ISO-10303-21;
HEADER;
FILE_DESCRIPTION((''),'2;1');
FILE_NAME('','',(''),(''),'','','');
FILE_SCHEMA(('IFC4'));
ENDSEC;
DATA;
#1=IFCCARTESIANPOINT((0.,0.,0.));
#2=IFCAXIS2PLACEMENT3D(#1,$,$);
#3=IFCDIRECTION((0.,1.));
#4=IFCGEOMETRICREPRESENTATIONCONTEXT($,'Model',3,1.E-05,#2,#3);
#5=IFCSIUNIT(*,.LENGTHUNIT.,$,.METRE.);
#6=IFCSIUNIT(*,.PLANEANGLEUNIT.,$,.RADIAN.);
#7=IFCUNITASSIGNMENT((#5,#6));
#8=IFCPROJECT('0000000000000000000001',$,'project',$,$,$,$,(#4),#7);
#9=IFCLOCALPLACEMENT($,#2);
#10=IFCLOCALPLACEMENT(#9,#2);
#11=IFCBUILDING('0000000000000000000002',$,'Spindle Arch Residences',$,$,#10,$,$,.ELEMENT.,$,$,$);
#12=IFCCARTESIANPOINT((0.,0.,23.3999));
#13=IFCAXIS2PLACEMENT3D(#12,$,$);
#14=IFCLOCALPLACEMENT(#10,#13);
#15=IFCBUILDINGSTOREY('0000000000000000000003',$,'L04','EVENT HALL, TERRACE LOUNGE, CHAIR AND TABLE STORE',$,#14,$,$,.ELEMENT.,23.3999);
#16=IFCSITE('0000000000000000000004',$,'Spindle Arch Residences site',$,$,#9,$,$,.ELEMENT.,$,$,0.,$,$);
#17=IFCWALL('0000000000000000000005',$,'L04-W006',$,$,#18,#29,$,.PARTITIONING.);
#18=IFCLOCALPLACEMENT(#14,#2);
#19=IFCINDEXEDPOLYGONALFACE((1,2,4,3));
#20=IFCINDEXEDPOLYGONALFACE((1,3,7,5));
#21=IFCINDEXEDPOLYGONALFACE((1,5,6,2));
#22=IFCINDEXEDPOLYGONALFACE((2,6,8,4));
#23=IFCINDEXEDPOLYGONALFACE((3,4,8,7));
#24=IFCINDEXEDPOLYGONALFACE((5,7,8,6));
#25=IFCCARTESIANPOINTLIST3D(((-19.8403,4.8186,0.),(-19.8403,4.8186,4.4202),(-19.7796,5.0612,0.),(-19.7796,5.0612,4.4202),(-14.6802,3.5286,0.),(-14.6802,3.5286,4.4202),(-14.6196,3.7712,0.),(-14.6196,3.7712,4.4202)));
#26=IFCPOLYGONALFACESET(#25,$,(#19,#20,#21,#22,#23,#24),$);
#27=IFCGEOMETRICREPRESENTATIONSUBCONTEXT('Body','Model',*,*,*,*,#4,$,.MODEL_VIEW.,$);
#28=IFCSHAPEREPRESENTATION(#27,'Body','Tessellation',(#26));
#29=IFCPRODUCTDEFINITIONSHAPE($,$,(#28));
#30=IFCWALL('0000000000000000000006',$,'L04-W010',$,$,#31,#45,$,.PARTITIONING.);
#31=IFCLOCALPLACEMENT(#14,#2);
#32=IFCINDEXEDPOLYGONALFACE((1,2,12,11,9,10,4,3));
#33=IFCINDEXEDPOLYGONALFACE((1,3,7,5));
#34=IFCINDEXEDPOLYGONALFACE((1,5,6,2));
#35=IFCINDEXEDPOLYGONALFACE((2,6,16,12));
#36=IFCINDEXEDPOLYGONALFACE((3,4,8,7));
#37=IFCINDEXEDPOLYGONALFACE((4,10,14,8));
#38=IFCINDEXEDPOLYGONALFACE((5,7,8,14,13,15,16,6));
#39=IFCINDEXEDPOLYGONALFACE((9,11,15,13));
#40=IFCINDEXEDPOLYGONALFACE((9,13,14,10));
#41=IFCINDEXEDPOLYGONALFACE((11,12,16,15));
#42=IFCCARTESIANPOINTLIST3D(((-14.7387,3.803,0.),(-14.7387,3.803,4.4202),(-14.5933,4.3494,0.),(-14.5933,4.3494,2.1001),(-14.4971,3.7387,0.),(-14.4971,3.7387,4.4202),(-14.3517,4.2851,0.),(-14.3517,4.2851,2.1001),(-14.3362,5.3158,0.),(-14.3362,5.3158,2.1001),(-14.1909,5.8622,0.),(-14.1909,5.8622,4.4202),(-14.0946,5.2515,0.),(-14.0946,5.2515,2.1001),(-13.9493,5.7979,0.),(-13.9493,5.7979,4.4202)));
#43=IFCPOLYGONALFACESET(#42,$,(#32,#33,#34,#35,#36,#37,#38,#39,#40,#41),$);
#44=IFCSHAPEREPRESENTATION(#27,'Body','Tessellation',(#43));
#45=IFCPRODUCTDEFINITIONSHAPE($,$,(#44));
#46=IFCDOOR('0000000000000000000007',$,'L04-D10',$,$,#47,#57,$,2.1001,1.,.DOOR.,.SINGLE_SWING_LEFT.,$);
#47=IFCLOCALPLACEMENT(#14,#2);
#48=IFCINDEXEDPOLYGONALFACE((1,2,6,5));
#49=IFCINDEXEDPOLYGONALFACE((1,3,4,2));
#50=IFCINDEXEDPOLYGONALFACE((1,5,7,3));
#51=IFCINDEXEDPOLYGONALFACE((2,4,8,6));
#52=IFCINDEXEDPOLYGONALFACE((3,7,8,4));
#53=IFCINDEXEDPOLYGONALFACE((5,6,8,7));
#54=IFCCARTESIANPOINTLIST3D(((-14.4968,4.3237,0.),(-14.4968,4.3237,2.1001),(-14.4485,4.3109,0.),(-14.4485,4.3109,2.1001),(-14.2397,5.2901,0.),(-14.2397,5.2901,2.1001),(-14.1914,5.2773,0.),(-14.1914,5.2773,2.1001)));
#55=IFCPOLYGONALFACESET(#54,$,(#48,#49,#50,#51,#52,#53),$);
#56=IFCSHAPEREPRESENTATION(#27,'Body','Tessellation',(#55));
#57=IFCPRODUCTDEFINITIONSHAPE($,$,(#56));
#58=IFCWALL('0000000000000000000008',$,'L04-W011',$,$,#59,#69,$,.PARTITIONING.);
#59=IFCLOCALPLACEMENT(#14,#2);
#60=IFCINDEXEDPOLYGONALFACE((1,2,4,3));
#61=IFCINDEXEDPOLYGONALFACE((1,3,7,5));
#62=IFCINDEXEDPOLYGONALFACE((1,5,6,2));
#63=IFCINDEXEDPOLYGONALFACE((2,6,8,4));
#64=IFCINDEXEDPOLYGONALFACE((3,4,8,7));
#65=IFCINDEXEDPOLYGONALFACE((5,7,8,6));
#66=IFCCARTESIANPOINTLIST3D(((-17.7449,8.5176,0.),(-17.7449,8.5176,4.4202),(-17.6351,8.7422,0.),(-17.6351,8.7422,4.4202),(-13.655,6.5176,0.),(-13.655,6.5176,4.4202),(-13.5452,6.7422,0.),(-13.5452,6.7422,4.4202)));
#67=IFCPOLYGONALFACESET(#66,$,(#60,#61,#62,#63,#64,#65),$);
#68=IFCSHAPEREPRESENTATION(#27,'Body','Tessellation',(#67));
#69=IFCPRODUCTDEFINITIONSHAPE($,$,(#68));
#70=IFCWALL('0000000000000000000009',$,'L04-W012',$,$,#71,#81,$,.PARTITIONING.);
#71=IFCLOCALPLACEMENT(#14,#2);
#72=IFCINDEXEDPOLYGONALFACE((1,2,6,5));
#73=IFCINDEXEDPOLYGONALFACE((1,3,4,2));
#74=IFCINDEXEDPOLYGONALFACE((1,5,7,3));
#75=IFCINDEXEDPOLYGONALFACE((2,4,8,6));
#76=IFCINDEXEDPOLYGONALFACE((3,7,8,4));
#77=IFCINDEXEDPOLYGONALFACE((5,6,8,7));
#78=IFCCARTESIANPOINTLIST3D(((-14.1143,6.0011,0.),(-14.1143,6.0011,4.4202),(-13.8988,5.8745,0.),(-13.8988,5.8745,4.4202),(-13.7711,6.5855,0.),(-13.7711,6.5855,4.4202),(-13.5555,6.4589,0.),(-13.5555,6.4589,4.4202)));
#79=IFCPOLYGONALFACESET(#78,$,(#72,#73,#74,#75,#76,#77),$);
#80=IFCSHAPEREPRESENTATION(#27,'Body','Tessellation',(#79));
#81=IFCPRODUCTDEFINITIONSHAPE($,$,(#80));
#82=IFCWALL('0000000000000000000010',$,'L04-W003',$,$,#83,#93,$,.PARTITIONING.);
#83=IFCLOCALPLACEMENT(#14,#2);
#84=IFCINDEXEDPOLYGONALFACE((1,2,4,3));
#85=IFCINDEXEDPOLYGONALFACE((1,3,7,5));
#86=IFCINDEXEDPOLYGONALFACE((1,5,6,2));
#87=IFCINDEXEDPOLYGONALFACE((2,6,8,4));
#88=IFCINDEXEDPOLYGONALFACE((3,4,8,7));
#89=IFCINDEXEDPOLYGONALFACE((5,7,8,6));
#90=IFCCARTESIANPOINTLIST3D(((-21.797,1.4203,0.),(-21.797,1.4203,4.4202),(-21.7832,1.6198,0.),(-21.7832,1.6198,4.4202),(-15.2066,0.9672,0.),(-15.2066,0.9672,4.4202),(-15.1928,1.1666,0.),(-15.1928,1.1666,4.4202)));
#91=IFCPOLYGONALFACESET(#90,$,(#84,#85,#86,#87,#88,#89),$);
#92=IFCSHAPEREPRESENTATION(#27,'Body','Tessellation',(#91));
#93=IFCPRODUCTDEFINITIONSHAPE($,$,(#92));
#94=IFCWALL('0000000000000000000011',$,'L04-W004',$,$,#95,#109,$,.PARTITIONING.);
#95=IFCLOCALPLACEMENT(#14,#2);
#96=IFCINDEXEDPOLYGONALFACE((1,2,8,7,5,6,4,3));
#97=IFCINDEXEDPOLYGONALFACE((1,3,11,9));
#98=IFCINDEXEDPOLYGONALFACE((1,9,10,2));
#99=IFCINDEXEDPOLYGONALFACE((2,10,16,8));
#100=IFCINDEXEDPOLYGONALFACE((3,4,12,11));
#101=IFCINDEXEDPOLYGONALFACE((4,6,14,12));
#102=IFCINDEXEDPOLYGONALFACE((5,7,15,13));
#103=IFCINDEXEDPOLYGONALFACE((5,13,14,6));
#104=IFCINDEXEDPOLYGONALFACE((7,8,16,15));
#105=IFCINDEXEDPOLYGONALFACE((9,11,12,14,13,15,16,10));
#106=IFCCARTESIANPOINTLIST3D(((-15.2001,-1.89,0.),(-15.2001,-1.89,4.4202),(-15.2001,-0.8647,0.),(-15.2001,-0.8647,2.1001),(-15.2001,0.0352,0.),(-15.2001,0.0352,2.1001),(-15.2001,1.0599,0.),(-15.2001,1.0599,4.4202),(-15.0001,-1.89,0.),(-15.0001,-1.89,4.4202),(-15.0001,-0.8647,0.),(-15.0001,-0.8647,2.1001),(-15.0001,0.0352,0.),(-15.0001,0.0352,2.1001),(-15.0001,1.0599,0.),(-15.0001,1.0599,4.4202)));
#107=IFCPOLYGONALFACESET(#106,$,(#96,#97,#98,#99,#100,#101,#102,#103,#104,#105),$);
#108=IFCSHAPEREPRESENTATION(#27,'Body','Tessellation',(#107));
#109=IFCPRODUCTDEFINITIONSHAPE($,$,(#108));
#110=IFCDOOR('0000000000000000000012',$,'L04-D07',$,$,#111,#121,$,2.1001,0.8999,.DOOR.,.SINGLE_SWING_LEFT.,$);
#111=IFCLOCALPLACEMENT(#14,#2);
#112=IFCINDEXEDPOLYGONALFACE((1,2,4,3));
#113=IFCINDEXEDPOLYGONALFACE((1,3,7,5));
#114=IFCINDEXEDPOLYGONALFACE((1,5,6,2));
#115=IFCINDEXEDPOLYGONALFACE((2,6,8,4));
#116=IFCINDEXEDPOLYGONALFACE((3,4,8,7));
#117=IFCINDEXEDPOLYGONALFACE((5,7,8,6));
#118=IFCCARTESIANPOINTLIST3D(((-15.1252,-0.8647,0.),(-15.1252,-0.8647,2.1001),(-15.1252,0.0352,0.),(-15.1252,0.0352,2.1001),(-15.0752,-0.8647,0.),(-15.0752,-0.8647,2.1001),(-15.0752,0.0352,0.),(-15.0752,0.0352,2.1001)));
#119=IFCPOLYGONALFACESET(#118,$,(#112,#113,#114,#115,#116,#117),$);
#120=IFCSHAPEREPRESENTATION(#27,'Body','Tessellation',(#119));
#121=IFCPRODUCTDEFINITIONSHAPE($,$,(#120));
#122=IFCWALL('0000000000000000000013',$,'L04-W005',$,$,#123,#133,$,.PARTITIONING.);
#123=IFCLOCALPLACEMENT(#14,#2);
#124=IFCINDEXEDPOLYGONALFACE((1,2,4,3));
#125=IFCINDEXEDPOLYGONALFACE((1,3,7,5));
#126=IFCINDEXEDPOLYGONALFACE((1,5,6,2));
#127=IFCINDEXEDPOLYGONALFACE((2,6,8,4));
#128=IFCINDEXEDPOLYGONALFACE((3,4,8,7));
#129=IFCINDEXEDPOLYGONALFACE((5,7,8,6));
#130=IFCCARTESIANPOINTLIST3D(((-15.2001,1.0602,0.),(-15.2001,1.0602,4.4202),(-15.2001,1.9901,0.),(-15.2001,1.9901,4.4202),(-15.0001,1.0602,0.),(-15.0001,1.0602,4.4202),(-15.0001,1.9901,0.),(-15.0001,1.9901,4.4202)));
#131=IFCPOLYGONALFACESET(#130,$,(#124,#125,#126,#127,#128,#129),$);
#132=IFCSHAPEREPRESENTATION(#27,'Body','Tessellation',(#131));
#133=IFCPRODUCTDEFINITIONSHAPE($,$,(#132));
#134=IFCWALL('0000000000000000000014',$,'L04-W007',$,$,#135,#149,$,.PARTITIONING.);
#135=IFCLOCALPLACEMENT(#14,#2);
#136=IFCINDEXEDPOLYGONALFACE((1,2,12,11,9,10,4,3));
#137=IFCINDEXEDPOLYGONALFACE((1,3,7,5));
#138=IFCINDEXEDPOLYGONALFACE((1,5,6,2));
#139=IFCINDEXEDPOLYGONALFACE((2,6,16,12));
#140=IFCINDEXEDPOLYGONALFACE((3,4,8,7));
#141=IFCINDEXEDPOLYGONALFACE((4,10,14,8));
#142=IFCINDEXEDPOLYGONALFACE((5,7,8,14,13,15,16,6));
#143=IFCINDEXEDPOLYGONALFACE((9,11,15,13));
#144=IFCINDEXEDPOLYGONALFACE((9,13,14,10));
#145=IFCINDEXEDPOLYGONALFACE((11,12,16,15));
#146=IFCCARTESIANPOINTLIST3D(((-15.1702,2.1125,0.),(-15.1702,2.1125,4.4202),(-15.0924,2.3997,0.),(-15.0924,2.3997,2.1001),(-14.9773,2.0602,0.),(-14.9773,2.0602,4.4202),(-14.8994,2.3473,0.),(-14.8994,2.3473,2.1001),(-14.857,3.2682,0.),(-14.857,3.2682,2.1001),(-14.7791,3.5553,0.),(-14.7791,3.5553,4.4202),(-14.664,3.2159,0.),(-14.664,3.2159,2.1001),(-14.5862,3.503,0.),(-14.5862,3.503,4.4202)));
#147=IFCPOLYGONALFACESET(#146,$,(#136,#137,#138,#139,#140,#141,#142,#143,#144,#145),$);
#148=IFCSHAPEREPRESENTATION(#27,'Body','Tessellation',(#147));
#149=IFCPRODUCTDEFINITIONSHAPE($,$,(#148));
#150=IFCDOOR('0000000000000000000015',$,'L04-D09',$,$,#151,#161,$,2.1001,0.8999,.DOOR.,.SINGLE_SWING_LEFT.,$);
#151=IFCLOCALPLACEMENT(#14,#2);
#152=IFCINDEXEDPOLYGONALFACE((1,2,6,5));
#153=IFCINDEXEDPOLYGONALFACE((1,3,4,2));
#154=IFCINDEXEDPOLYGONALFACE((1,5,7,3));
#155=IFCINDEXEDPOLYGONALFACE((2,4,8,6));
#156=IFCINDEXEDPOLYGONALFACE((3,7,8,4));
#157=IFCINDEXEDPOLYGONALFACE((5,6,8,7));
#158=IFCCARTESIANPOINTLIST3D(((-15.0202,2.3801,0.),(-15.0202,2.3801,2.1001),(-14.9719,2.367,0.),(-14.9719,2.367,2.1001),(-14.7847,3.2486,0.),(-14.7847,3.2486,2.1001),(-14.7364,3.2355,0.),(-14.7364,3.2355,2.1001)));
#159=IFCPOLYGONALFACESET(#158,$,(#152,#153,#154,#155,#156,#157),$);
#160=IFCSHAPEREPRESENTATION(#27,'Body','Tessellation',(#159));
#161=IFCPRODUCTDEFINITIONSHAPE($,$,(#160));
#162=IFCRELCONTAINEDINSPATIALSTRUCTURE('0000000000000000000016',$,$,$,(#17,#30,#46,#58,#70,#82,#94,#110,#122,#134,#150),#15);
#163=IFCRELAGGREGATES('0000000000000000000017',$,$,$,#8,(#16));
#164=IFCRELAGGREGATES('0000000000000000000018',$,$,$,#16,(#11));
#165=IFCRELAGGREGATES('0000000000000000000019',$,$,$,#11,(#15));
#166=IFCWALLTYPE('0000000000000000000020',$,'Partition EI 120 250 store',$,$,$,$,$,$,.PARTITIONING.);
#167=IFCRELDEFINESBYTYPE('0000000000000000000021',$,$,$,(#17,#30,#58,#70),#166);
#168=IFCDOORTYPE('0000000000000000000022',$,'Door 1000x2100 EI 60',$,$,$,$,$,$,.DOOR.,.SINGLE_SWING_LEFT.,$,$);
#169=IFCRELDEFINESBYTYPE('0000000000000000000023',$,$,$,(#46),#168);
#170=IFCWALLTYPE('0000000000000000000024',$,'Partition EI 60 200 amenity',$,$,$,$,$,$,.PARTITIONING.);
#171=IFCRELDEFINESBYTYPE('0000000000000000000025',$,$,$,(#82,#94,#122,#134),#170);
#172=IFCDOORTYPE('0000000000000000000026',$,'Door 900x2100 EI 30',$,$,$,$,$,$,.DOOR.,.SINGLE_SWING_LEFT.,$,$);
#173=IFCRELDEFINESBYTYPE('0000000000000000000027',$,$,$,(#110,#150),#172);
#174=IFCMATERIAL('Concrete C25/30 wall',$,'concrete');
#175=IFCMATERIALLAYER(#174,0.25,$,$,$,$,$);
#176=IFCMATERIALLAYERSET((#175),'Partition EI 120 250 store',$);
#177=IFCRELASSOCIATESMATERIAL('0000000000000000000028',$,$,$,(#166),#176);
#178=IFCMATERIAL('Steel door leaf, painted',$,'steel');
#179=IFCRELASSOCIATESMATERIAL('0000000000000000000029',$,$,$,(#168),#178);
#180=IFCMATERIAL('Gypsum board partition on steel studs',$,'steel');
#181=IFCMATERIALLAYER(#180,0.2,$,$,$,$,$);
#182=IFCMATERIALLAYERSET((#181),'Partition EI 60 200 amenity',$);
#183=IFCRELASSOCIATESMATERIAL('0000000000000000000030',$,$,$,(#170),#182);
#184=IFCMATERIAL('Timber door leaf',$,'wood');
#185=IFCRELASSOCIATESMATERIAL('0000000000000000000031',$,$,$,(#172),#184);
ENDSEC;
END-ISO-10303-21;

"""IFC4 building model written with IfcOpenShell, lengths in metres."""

from ifc_helpers import new_model, si_unit, direction, frame, frame_2d, origin, place, context, subcontext, project, spatial, rectangle, extrude, material, layer, layer_set, type_object, element, fill, save


model = new_model("IFC4")

# Units and contexts
model_context = context("Model", 3, precision=1e-05, world=origin(), true_north=direction((0.0, 1.0)))
body_context = subcontext(model_context, "Body", "Model", "MODEL_VIEW")
ifc_project = project(units=[si_unit("LENGTHUNIT", "METRE"), si_unit("PLANEANGLEUNIT", "RADIAN")], contexts=[model_context])

# Site, building, storey
site_placement = place(None, origin())
site = spatial("IfcSite", under=ifc_project, at=site_placement, Name="Spindle Arch Residences site", CompositionType="ELEMENT", RefElevation=0.0)
building_placement = place(site_placement, origin())
building = spatial("IfcBuilding", under=site, at=building_placement, Name="Spindle Arch Residences", CompositionType="ELEMENT")
storey_placement = place(building_placement, frame((0.0, 0.0, 23.3999)))
storey = spatial("IfcBuildingStorey", under=building, at=storey_placement, Name="L04", Description="EVENT HALL, TERRACE LOUNGE, CHAIR AND TABLE STORE", CompositionType="ELEMENT", Elevation=23.3999)

# Wall
ifc_material_1 = material(Name="Concrete C25/30 wall", Category="concrete")
ifc_layer_1 = layer(ifc_material_1, 0.25)
ifc_layer_set_1 = layer_set([ifc_layer_1], Name="Partition EI 120 250 store")
wall_type_1 = type_object("IfcWallType", Name="Partition EI 120 250 store", PredefinedType="PARTITIONING", material=ifc_layer_set_1)
wall_1_placement = place(storey_placement, frame((-14.6499, 3.6499, 0.0), z_axis=(0.0, 0.0, 1.0), x_axis=(-0.970143, 0.242536, 0.0)))
element("IfcWall", 1, at=wall_1_placement, inside=storey, type_object=wall_type_1, Name="L04-W006", PredefinedType="PARTITIONING", context=body_context, shape_type="SweptSolid", body=[
    extrude(rectangle(XDim=5.3188, YDim=0.25, at=frame_2d((2.6594, 0.0))), origin(), (0.0, 0.0, 1.0), 4.4202),
])

# Wall, opening, door
wall_2_placement = place(storey_placement, frame((-14.0701, 5.8301, 0.0), z_axis=(0.0, 0.0, 1.0), x_axis=(-0.257092, -0.966387, 0.0)))
wall_2 = element("IfcWall", 2, at=wall_2_placement, inside=storey, type_object=wall_type_1, Name="L04-W010", PredefinedType="PARTITIONING", context=body_context, shape_type="SweptSolid", body=[
    extrude(rectangle(XDim=2.1309, YDim=0.25, at=frame_2d((1.0654, 0.0))), origin(), (0.0, 0.0, 1.0), 4.4202),
])
opening_1_placement = place(wall_2_placement, frame((0.5654, 0.0, 0.0)))
opening_1 = element("IfcOpeningElement", 3, at=opening_1_placement, cuts=wall_2, PredefinedType="OPENING", context=body_context, shape_type="SweptSolid", body=[
    extrude(rectangle(XDim=1.0, YDim=2.1001, at=frame_2d((0.5, 1.05))), frame((0.0, 0.135, 0.0), z_axis=(0.0, -1.0, 0.0), x_axis=(1.0, 0.0, 0.0)), (0.0, 0.0, 1.0), 0.27),
])
ifc_material_2 = material(Name="Steel door leaf, painted", Category="steel")
door_type_1 = type_object("IfcDoorType", Name="Door 1000x2100 EI 60", OperationType="SINGLE_SWING_LEFT", PredefinedType="DOOR", material=ifc_material_2)
door_1_placement = place(opening_1_placement, origin())
door_1 = element("IfcDoor", 4, at=door_1_placement, inside=storey, type_object=door_type_1, Name="L04-D10", OperationType="SINGLE_SWING_LEFT", OverallHeight=2.1001, OverallWidth=1.0, PredefinedType="DOOR", context=body_context, shape_type="SweptSolid", body=[
    extrude(rectangle(XDim=1.0, YDim=2.1001, at=frame_2d((0.5, 1.05))), frame((0.0, 0.0249, 0.0), z_axis=(0.0, -1.0, 0.0), x_axis=(1.0, 0.0, 0.0)), (0.0, 0.0, 1.0), 0.05),
])
fill(opening_1, door_1)

# Walls
wall_3_placement = place(storey_placement, frame((-13.6001, 6.6299, 0.0), z_axis=(0.0, 0.0, 1.0), x_axis=(-0.898339, 0.439302, 0.0)))
element("IfcWall", 5, at=wall_3_placement, inside=storey, type_object=wall_type_1, Name="L04-W011", PredefinedType="PARTITIONING", context=body_context, shape_type="SweptSolid", body=[
    extrude(rectangle(XDim=4.5527, YDim=0.25, at=frame_2d((2.2764, 0.0))), origin(), (0.0, 0.0, 1.0), 4.4202),
])
wall_4_placement = place(storey_placement, frame((-13.6633, 6.5222, 0.0), z_axis=(0.0, 0.0, 1.0), x_axis=(-0.506422, -0.862286, 0.0)))
element("IfcWall", 6, at=wall_4_placement, inside=storey, type_object=wall_type_1, Name="L04-W012", PredefinedType="PARTITIONING", context=body_context, shape_type="SweptSolid", body=[
    extrude(rectangle(XDim=0.6777, YDim=0.25, at=frame_2d((0.3389, 0.0))), origin(), (0.0, 0.0, 1.0), 4.4202),
])
ifc_material_3 = material(Name="Gypsum board partition on steel studs", Category="steel")
ifc_layer_2 = layer(ifc_material_3, 0.2)
ifc_layer_set_2 = layer_set([ifc_layer_2], Name="Partition EI 60 200 amenity")
wall_type_2 = type_object("IfcWallType", Name="Partition EI 60 200 amenity", PredefinedType="PARTITIONING", material=ifc_layer_set_2)
wall_5_placement = place(storey_placement, frame((-15.1997, 1.0669, 0.0), z_axis=(0.0, 0.0, 1.0), x_axis=(-0.997645, 0.068594, 0.0)))
element("IfcWall", 7, at=wall_5_placement, inside=storey, type_object=wall_type_2, Name="L04-W003", PredefinedType="PARTITIONING", context=body_context, shape_type="SweptSolid", body=[
    extrude(rectangle(XDim=6.606, YDim=0.2, at=frame_2d((3.303, 0.0))), origin(), (0.0, 0.0, 1.0), 4.4202),
])

# Wall, opening, door
wall_6_placement = place(storey_placement, frame((-15.1001, 1.0601, 0.0), z_axis=(0.0, 0.0, 1.0), x_axis=(0.0, -1.0, 0.0)))
wall_6 = element("IfcWall", 8, at=wall_6_placement, inside=storey, type_object=wall_type_2, Name="L04-W004", PredefinedType="PARTITIONING", context=body_context, shape_type="SweptSolid", body=[
    extrude(rectangle(XDim=2.95, YDim=0.2, at=frame_2d((1.4751, 0.0))), origin(), (0.0, 0.0, 1.0), 4.4202),
])
opening_2_placement = place(wall_6_placement, frame((1.0249, 0.0, 0.0)))
opening_2 = element("IfcOpeningElement", 9, at=opening_2_placement, cuts=wall_6, PredefinedType="OPENING", context=body_context, shape_type="SweptSolid", body=[
    extrude(rectangle(XDim=0.8999, YDim=2.1001, at=frame_2d((0.45, 1.05))), frame((0.0, 0.1099, 0.0), z_axis=(0.0, -1.0, 0.0), x_axis=(1.0, 0.0, 0.0)), (0.0, 0.0, 1.0), 0.22),
])
ifc_material_4 = material(Name="Timber door leaf", Category="wood")
door_type_2 = type_object("IfcDoorType", Name="Door 900x2100 EI 30", OperationType="SINGLE_SWING_LEFT", PredefinedType="DOOR", material=ifc_material_4)
door_2_placement = place(opening_2_placement, origin())
door_2 = element("IfcDoor", 10, at=door_2_placement, inside=storey, type_object=door_type_2, Name="L04-D07", OperationType="SINGLE_SWING_LEFT", OverallHeight=2.1001, OverallWidth=0.8999, PredefinedType="DOOR", context=body_context, shape_type="SweptSolid", body=[
    extrude(rectangle(XDim=0.8999, YDim=2.1001, at=frame_2d((0.45, 1.05))), frame((0.0, 0.0249, 0.0), z_axis=(0.0, -1.0, 0.0), x_axis=(1.0, 0.0, 0.0)), (0.0, 0.0, 1.0), 0.05),
])
fill(opening_2, door_2)

# Wall
wall_7_placement = place(storey_placement, frame((-15.1001, 1.99, 0.0), z_axis=(0.0, 0.0, 1.0), x_axis=(0.0, -1.0, 0.0)))
element("IfcWall", 11, at=wall_7_placement, inside=storey, type_object=wall_type_2, Name="L04-W005", PredefinedType="PARTITIONING", context=body_context, shape_type="SweptSolid", body=[
    extrude(rectangle(XDim=0.9299, YDim=0.2, at=frame_2d((0.4648, 0.0))), origin(), (0.0, 0.0, 1.0), 4.4202),
])

# Wall, opening, door
wall_8_placement = place(storey_placement, frame((-14.6826, 3.5293, 0.0), z_axis=(0.0, 0.0, 1.0), x_axis=(-0.261625, -0.96517, 0.0)))
wall_8 = element("IfcWall", 12, at=wall_8_placement, inside=storey, type_object=wall_type_2, Name="L04-W007", PredefinedType="PARTITIONING", context=body_context, shape_type="SweptSolid", body=[
    extrude(rectangle(XDim=1.4949, YDim=0.2, at=frame_2d((0.7476, 0.0))), origin(), (0.0, 0.0, 1.0), 4.4202),
])
opening_3_placement = place(wall_8_placement, frame((0.2976, 0.0, 0.0)))
opening_3 = element("IfcOpeningElement", 13, at=opening_3_placement, cuts=wall_8, PredefinedType="OPENING", context=body_context, shape_type="SweptSolid", body=[
    extrude(rectangle(XDim=0.8999, YDim=2.1001, at=frame_2d((0.45, 1.05))), frame((0.0, 0.1099, 0.0), z_axis=(0.0, -1.0, 0.0), x_axis=(1.0, 0.0, 0.0)), (0.0, 0.0, 1.0), 0.22),
])
door_3_placement = place(opening_3_placement, origin())
door_3 = element("IfcDoor", 14, at=door_3_placement, inside=storey, type_object=door_type_2, Name="L04-D09", OperationType="SINGLE_SWING_LEFT", OverallHeight=2.1001, OverallWidth=0.8999, PredefinedType="DOOR", context=body_context, shape_type="SweptSolid", body=[
    extrude(rectangle(XDim=0.8999, YDim=2.1001, at=frame_2d((0.45, 1.05))), frame((0.0, 0.0249, 0.0), z_axis=(0.0, -1.0, 0.0), x_axis=(1.0, 0.0, 0.0)), (0.0, 0.0, 1.0), 0.05),
])
fill(opening_3, door_3)

save(model, "model.ifc")
